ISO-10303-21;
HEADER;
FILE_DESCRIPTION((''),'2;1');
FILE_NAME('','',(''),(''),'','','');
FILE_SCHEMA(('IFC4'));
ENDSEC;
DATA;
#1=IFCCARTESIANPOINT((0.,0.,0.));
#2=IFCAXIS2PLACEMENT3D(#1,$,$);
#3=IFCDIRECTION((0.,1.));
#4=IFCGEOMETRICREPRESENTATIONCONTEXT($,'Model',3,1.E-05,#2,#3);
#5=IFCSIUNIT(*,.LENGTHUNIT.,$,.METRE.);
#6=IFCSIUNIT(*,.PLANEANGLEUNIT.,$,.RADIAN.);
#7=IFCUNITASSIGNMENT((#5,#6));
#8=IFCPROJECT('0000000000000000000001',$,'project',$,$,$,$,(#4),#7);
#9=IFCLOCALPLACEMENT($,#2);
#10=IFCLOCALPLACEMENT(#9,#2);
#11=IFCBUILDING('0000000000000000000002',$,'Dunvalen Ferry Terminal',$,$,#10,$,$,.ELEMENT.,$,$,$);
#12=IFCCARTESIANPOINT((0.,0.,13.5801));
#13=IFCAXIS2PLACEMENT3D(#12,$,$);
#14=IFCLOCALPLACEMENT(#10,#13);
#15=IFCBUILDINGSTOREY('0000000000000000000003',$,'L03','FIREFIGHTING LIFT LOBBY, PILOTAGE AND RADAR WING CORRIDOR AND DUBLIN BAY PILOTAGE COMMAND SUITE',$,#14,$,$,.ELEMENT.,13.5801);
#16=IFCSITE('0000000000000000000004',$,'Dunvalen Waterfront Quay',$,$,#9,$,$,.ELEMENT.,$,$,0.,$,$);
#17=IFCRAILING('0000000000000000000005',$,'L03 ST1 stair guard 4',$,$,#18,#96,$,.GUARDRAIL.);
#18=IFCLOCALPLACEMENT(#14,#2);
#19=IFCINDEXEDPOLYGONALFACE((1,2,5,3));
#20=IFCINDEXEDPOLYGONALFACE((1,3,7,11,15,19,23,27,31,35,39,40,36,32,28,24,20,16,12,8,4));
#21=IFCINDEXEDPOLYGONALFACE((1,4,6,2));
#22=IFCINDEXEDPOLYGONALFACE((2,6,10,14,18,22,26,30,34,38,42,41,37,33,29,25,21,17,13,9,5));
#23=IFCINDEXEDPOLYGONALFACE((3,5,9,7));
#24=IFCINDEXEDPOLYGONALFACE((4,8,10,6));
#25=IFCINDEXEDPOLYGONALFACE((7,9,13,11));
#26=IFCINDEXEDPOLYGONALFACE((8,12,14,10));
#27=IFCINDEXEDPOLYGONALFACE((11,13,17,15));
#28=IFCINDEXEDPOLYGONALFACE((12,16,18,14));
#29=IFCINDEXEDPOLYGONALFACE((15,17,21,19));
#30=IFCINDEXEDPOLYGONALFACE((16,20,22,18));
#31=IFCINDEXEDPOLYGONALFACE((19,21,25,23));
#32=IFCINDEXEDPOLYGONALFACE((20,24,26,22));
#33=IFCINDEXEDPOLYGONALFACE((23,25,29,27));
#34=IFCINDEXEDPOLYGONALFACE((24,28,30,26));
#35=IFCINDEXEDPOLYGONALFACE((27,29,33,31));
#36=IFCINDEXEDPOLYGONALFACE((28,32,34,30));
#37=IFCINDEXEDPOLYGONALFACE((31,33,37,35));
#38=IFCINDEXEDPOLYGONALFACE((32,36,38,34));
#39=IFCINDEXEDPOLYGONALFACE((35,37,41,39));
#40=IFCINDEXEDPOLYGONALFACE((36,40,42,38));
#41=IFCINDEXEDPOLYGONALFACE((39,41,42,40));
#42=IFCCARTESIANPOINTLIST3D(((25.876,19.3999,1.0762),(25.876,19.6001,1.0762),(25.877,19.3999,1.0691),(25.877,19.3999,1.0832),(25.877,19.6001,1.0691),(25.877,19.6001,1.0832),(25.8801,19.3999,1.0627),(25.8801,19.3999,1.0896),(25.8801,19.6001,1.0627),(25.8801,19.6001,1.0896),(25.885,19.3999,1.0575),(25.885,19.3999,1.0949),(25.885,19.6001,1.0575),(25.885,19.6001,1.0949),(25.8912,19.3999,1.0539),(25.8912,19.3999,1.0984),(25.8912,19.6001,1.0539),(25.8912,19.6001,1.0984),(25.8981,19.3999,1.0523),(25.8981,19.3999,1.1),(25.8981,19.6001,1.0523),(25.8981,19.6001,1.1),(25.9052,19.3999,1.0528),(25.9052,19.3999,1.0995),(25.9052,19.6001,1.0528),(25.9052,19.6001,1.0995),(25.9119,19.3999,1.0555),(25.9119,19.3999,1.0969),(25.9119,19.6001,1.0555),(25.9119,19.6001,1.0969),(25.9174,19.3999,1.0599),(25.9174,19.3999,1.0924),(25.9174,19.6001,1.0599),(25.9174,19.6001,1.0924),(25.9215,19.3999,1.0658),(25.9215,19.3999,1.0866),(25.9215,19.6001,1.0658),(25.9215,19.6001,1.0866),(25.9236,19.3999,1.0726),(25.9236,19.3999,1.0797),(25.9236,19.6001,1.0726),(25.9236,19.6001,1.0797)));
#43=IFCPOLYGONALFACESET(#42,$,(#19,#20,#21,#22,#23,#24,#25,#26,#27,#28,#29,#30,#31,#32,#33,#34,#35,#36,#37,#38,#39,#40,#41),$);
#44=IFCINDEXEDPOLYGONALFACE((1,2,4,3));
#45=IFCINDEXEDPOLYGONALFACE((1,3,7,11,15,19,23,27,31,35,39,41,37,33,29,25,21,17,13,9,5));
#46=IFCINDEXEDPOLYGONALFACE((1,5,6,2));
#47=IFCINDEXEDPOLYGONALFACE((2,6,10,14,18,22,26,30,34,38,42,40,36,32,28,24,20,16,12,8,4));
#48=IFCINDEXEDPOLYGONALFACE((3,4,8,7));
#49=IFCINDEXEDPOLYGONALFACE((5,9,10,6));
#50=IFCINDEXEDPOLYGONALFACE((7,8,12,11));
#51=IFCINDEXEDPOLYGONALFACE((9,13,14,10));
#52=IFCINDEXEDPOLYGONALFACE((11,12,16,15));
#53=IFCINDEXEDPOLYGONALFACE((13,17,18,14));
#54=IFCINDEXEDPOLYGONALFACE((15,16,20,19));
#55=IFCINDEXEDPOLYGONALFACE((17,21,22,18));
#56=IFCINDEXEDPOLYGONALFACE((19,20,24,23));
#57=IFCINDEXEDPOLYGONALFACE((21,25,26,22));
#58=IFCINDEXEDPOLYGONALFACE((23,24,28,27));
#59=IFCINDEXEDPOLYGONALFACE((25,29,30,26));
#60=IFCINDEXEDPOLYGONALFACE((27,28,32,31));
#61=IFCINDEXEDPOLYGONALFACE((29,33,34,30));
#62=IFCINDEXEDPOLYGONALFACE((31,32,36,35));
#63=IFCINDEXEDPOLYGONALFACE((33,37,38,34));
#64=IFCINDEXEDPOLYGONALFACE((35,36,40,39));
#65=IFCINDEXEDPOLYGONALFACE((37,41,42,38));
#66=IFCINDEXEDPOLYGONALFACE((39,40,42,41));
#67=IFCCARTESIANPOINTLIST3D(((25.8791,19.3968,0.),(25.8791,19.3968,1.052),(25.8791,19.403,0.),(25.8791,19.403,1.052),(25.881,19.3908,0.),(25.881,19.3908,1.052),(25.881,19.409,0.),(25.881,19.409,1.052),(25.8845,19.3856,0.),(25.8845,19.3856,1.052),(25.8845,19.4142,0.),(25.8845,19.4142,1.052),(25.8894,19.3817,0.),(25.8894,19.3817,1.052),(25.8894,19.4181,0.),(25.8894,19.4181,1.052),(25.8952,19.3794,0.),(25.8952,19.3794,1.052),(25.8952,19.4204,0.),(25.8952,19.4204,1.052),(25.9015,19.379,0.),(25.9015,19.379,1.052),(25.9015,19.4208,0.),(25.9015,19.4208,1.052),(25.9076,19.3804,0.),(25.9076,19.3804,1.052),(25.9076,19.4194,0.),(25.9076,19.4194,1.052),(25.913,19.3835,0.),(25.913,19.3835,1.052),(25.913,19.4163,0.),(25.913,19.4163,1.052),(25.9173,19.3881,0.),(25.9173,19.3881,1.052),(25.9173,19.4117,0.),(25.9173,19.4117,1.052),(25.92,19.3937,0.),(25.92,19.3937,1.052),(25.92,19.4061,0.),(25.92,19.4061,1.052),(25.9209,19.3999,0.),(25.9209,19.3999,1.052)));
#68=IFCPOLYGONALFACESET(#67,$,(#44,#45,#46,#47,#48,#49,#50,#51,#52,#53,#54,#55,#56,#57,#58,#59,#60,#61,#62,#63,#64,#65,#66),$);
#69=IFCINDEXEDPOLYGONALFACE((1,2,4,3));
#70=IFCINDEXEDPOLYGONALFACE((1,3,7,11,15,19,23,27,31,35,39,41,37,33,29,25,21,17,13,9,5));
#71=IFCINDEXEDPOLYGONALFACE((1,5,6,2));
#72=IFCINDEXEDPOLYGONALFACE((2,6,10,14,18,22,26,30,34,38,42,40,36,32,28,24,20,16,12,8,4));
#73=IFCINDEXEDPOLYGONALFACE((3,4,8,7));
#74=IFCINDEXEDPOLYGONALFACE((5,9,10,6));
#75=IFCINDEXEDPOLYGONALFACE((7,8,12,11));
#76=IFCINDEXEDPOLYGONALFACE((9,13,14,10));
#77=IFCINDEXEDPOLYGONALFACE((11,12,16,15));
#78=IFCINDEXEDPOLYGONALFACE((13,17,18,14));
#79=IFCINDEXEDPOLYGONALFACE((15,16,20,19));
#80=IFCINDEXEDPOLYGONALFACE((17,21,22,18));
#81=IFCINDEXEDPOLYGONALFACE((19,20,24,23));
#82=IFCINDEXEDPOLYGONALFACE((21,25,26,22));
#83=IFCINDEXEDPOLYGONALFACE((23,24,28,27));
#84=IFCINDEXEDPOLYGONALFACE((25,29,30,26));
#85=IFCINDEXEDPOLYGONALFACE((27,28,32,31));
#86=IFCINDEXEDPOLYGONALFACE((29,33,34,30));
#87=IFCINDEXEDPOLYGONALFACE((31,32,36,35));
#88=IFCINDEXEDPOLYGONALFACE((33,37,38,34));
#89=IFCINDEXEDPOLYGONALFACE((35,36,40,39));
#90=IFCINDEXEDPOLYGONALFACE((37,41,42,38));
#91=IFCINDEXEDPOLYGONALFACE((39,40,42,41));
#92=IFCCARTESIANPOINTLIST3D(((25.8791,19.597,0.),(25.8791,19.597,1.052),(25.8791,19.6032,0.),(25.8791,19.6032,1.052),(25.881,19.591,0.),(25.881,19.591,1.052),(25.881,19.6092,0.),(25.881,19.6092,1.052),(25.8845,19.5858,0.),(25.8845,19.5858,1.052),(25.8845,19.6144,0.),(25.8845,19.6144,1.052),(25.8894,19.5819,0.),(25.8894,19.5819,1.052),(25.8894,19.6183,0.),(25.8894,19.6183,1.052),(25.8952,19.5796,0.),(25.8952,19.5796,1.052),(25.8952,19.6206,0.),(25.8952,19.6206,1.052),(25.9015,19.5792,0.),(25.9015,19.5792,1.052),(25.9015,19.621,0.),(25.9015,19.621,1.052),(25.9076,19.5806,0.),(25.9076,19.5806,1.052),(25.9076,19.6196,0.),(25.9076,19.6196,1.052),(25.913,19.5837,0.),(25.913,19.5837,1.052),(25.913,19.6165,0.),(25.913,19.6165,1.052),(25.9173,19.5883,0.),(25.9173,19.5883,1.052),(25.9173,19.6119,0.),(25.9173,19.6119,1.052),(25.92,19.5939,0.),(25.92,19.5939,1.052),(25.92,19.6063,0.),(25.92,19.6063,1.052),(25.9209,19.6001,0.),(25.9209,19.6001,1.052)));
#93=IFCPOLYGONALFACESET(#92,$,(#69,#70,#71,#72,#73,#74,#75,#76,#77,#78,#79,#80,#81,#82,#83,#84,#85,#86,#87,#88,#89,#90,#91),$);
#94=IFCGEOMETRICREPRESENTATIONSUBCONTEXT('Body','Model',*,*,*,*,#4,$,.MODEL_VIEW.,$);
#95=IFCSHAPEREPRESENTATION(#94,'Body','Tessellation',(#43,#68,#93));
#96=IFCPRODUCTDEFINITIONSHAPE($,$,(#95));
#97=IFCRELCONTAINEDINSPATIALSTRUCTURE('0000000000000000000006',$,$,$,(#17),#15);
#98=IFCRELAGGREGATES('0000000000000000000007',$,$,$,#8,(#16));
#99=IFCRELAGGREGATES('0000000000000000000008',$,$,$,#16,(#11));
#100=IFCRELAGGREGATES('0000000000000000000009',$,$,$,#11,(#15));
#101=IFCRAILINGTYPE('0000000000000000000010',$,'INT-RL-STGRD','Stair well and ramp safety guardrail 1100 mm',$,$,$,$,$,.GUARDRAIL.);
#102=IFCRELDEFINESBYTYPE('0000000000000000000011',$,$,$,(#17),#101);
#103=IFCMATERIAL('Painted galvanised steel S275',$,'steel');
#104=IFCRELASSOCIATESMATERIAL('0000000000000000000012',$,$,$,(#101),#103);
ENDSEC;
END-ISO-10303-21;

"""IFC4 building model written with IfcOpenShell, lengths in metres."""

from ifc_helpers import new_model, si_unit, direction, frame, origin, origin_2d, place, context, subcontext, project, spatial, circle, extrude, material, type_object, element, save


model = new_model("IFC4")

# Units and contexts
model_context = context("Model", 3, precision=1e-05, world=origin(), true_north=direction((0.0, 1.0)))
body_context = subcontext(model_context, "Body", "Model", "MODEL_VIEW")
ifc_project = project(units=[si_unit("LENGTHUNIT", "METRE"), si_unit("PLANEANGLEUNIT", "RADIAN")], contexts=[model_context])

# Site, building, storey
site_placement = place(None, origin())
site = spatial("IfcSite", under=ifc_project, at=site_placement, Name="Dunvalen Waterfront Quay", CompositionType="ELEMENT", RefElevation=0.0)
building_placement = place(site_placement, origin())
building = spatial("IfcBuilding", under=site, at=building_placement, Name="Dunvalen Ferry Terminal", CompositionType="ELEMENT")
storey_placement = place(building_placement, frame((0.0, 0.0, 13.5801)))
storey = spatial("IfcBuildingStorey", under=building, at=storey_placement, Name="L03", Description="FIREFIGHTING LIFT LOBBY, PILOTAGE AND RADAR WING CORRIDOR AND DUBLIN BAY PILOTAGE COMMAND SUITE", CompositionType="ELEMENT", Elevation=13.5801)

# Railing
ifc_material_1 = material(Name="Painted galvanised steel S275", Category="steel")
railing_type_1 = type_object("IfcRailingType", Name="INT-RL-STGRD", Description="Stair well and ramp safety guardrail 1100 mm", PredefinedType="GUARDRAIL", material=ifc_material_1)
railing_1_placement = place(storey_placement, frame((25.8999, 19.3999, 0.0)))
element("IfcRailing", 1, at=railing_1_placement, inside=storey, type_object=railing_type_1, Name="L03 ST1 stair guard 4", PredefinedType="GUARDRAIL", context=body_context, shape_type="SweptSolid", body=[
    extrude(circle(Radius=0.0239, at=origin_2d()), frame((0.0, 0.0, 1.0762), z_axis=(0.0, 1.0, 0.0), x_axis=(-1.0, 0.0, 0.0)), (0.0, 0.0, 1.0), 0.2002),
    extrude(circle(Radius=0.021, at=origin_2d()), origin(), (0.0, 0.0, 1.0), 1.052),
    extrude(circle(Radius=0.021, at=origin_2d()), frame((0.0, 0.2002, 0.0)), (0.0, 0.0, 1.0), 1.052),
])

save(model, "model.ifc")
